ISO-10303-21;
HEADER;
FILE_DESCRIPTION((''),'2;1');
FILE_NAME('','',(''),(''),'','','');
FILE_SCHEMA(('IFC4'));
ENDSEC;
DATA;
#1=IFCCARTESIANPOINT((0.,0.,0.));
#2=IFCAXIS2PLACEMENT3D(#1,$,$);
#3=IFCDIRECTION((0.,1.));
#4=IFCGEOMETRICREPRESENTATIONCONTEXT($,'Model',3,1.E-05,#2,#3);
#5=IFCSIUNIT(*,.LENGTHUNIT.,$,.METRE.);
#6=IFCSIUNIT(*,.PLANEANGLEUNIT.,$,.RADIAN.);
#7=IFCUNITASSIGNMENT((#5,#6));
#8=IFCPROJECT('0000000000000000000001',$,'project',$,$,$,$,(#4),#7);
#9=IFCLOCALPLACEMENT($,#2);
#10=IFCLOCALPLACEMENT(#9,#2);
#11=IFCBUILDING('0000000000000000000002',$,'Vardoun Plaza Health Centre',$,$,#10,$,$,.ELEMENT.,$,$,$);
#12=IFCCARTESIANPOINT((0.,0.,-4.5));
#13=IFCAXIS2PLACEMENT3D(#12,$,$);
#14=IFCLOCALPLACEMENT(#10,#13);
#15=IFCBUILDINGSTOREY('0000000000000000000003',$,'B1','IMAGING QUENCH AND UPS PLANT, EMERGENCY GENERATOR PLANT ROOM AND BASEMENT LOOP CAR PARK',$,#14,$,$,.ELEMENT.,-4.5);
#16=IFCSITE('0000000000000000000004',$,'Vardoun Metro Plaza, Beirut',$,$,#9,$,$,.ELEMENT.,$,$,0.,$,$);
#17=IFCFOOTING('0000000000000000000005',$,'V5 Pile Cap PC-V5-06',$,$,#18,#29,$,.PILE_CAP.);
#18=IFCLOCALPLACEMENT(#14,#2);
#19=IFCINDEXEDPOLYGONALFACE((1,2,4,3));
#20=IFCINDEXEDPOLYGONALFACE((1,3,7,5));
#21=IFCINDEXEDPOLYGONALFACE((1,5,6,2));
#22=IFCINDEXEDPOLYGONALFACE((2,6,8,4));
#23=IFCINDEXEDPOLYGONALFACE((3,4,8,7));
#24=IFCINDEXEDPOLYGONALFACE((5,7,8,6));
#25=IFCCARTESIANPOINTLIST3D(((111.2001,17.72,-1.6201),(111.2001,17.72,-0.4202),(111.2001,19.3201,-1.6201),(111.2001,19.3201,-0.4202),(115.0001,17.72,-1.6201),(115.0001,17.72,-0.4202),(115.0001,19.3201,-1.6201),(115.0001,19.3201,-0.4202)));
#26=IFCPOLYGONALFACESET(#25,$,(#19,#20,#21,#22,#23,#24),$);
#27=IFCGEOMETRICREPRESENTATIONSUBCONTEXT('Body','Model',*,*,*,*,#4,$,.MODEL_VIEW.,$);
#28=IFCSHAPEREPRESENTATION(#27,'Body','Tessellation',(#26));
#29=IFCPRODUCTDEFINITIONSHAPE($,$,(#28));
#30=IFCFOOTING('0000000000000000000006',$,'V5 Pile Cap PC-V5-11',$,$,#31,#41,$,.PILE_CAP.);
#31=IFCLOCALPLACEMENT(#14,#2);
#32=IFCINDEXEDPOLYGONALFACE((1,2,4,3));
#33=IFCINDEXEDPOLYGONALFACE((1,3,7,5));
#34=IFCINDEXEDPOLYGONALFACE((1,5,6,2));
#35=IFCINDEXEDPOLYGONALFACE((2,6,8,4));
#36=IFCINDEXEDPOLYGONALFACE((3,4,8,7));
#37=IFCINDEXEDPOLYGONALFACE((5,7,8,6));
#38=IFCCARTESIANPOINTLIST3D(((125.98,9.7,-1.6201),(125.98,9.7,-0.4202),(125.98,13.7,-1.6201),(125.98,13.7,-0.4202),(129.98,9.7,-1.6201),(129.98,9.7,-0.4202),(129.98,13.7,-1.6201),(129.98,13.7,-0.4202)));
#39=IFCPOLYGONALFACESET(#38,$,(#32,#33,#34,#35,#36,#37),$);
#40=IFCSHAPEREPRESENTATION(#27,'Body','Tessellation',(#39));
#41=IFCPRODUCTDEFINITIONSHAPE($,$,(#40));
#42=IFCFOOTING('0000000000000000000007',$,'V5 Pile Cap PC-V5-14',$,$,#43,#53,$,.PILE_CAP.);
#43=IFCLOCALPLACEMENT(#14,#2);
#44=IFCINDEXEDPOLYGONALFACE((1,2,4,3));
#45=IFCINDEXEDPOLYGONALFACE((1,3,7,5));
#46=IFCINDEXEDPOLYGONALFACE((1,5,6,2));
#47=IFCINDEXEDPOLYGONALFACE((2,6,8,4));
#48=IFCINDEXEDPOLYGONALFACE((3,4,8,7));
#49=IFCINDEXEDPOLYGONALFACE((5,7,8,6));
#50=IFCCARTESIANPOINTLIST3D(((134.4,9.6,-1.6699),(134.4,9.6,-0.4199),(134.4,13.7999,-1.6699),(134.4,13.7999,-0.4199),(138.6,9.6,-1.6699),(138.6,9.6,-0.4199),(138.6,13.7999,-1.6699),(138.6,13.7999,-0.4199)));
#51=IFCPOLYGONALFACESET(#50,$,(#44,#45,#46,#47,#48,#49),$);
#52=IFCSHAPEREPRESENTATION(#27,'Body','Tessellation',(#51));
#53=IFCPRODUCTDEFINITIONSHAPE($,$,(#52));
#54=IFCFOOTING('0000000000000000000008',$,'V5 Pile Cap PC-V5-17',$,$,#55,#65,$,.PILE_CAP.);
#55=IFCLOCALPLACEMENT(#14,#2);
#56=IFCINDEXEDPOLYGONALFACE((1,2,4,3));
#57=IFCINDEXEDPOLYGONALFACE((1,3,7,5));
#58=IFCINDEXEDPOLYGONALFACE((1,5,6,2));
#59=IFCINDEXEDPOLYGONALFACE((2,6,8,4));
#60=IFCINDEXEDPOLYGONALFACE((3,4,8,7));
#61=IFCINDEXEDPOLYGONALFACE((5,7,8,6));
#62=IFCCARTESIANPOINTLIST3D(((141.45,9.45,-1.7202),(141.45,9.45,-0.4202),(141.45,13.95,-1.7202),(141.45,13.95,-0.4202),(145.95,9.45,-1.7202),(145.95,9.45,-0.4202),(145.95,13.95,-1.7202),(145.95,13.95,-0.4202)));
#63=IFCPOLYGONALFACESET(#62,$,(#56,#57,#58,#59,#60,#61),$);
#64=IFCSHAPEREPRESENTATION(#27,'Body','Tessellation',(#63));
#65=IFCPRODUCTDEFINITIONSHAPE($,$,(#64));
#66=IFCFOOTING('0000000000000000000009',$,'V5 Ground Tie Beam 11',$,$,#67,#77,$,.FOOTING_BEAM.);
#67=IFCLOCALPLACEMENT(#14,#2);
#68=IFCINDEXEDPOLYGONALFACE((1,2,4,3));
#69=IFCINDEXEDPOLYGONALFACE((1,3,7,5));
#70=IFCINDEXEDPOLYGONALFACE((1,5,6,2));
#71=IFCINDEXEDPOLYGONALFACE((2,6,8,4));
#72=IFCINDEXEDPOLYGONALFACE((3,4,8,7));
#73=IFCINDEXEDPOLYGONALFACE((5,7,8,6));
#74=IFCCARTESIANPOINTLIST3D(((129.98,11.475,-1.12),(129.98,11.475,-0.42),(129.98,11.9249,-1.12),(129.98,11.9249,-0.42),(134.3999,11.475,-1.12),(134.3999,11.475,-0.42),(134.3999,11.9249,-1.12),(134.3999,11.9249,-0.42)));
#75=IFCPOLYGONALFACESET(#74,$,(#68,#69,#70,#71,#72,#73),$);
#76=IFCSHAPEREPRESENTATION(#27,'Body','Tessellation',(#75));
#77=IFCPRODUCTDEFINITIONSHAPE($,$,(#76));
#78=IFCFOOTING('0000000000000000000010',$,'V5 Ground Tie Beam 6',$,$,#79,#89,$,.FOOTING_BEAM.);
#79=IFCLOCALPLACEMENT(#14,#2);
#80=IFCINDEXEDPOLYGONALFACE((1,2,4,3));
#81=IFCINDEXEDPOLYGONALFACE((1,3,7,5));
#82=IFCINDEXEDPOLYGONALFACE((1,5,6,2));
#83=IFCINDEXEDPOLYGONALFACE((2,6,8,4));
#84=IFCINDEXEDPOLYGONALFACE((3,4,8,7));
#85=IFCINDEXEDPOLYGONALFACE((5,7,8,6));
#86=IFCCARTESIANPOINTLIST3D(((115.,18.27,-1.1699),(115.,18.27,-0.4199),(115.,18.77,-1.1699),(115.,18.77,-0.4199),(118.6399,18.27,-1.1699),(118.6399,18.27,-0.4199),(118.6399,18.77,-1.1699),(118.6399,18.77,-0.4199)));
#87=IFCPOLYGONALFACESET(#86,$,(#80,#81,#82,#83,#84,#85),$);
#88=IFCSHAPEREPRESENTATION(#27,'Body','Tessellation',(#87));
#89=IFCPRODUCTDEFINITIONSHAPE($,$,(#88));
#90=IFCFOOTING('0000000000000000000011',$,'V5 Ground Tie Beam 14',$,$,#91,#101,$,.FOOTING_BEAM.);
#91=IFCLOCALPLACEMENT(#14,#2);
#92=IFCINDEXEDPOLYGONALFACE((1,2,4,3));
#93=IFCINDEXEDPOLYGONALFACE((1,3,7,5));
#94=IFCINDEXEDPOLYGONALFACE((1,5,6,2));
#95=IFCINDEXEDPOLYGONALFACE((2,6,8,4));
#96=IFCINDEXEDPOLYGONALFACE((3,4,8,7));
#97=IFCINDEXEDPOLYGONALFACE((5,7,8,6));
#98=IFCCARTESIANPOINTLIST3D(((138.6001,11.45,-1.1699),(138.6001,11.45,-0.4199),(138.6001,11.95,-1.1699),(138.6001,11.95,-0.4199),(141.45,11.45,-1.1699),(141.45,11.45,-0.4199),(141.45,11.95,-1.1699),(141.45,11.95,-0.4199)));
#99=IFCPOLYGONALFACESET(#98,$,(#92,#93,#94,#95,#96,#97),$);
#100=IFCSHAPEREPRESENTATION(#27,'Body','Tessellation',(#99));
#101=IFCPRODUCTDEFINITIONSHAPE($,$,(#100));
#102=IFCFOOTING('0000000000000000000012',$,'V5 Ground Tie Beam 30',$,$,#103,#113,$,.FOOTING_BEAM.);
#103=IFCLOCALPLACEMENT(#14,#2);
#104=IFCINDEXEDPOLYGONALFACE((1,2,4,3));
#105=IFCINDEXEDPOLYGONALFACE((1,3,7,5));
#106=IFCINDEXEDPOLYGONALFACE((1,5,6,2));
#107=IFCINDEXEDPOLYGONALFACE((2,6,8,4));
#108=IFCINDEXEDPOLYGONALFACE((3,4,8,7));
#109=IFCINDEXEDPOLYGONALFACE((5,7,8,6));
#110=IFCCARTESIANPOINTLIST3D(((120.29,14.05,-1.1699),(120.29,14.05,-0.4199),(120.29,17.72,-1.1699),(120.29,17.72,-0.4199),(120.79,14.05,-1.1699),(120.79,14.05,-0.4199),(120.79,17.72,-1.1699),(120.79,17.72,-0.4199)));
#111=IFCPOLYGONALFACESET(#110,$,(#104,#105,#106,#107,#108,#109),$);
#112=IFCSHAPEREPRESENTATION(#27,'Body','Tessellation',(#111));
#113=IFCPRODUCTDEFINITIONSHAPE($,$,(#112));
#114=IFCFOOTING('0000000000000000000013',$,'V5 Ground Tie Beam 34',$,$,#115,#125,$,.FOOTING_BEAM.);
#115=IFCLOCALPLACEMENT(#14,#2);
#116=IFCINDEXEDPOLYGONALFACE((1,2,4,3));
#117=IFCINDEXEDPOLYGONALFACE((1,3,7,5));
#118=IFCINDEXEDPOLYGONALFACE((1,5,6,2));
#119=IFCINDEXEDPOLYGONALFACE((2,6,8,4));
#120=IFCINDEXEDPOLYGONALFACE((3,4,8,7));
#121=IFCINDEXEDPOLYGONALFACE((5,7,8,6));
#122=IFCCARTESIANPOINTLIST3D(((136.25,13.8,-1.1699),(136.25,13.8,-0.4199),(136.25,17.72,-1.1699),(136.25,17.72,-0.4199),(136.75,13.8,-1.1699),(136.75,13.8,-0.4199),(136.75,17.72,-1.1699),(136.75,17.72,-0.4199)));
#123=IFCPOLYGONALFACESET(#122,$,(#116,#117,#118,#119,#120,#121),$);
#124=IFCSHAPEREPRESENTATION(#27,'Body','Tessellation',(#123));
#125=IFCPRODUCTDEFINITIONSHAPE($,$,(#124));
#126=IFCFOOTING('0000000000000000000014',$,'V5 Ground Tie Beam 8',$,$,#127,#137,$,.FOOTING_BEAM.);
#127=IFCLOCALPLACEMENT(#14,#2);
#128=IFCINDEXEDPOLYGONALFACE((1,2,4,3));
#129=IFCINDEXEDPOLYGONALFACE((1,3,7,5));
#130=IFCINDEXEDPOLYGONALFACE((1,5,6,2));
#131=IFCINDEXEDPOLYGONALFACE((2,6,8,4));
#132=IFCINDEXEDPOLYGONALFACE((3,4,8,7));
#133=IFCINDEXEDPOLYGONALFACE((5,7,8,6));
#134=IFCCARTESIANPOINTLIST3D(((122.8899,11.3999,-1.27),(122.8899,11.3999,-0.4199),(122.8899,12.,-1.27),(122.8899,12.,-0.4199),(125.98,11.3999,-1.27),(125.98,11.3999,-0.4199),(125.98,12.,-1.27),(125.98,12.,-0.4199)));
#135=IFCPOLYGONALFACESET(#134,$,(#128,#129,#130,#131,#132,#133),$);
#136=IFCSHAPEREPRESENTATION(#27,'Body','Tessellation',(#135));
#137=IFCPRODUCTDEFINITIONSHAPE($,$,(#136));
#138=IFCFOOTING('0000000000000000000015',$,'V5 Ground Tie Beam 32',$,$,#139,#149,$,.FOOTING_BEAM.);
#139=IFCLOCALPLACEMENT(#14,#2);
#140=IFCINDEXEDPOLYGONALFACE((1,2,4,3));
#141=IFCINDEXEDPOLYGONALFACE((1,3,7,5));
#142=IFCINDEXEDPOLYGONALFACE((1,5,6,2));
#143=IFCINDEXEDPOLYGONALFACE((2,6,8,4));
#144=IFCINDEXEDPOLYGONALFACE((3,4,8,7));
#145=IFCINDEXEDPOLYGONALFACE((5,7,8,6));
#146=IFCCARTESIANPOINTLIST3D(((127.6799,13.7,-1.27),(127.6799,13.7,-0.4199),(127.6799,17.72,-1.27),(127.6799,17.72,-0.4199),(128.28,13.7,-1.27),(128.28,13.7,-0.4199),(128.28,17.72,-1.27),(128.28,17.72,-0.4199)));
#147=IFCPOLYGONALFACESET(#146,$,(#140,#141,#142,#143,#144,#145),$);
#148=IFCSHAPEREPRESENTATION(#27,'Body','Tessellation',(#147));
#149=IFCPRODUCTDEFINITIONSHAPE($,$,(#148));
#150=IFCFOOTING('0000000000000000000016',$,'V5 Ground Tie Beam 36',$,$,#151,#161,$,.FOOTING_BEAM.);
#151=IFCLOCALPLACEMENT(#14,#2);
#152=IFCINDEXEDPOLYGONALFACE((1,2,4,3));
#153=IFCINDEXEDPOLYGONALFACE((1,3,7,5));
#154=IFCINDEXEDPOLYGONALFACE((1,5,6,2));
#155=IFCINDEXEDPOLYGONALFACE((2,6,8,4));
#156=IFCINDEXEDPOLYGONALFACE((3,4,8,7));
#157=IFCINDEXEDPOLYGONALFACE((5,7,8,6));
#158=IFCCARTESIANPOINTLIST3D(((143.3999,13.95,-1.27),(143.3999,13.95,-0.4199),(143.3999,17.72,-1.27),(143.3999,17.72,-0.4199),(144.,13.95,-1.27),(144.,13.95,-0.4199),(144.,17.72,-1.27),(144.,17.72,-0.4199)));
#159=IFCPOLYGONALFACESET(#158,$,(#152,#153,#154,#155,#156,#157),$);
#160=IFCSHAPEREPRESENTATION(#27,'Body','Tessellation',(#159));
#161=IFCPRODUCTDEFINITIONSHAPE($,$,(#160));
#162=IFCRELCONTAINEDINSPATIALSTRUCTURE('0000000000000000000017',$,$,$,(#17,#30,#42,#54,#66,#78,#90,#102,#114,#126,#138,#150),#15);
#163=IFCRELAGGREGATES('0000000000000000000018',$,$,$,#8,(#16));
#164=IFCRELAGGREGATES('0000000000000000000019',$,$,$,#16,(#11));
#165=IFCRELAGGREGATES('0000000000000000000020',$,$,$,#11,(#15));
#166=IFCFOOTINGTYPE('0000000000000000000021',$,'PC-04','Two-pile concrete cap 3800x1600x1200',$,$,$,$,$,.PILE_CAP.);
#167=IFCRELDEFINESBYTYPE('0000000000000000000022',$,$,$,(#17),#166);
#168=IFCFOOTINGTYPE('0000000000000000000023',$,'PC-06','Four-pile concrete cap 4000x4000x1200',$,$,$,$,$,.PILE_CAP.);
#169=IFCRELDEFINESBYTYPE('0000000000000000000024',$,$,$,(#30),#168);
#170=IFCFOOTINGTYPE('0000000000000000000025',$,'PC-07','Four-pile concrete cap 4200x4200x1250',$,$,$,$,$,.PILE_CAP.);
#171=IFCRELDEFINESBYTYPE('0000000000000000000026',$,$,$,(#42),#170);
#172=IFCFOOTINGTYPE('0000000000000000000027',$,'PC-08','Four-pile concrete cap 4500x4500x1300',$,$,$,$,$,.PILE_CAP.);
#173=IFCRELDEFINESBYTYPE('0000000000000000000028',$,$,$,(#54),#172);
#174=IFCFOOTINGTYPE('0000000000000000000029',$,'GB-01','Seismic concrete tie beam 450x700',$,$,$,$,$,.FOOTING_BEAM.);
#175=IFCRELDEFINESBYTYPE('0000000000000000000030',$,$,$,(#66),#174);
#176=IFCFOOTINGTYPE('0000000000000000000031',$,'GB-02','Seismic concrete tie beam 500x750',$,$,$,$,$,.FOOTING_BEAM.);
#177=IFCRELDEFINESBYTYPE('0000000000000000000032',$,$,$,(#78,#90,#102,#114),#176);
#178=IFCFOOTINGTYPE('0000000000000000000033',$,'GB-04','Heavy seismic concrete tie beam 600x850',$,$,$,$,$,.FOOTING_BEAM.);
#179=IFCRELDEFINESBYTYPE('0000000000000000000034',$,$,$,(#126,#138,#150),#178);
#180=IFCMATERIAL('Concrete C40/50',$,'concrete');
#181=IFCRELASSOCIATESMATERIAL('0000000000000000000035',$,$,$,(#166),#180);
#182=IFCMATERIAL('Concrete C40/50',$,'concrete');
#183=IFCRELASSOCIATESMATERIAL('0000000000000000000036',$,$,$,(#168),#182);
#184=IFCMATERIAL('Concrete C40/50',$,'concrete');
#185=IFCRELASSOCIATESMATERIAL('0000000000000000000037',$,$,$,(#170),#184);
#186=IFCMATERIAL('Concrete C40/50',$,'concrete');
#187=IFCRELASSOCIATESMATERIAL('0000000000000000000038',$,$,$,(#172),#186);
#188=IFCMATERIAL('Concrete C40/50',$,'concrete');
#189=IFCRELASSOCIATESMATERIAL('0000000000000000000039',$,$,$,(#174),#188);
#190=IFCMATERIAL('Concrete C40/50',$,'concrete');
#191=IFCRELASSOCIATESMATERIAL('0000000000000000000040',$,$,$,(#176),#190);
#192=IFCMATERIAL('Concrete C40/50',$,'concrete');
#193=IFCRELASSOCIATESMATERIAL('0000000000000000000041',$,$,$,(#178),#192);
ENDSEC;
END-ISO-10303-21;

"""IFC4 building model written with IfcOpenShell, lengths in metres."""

from ifc_helpers import new_model, si_unit, direction, frame, origin, origin_2d, place, context, subcontext, project, spatial, rectangle, extrude, material, material_profile, profile_set, type_object, element, save


model = new_model("IFC4")

# Units and contexts
model_context = context("Model", 3, precision=1e-05, world=origin(), true_north=direction((0.0, 1.0)))
body_context = subcontext(model_context, "Body", "Model", "MODEL_VIEW")
ifc_project = project(units=[si_unit("LENGTHUNIT", "METRE"), si_unit("PLANEANGLEUNIT", "RADIAN")], contexts=[model_context])

# Site, building, storey
site_placement = place(None, origin())
site = spatial("IfcSite", under=ifc_project, at=site_placement, Name="Vardoun Metro Plaza, Beirut", CompositionType="ELEMENT", RefElevation=0.0)
building_placement = place(site_placement, origin())
building = spatial("IfcBuilding", under=site, at=building_placement, Name="Vardoun Plaza Health Centre", CompositionType="ELEMENT")
storey_placement = place(building_placement, frame((0.0, 0.0, -4.5)))
storey = spatial("IfcBuildingStorey", under=building, at=storey_placement, Name="B1", Description="IMAGING QUENCH AND UPS PLANT, EMERGENCY GENERATOR PLANT ROOM AND BASEMENT LOOP CAR PARK", CompositionType="ELEMENT", Elevation=-4.5)

# Footings
ifc_material_1 = material(Name="Concrete C40/50", Category="concrete")
footing_type_1 = type_object("IfcFootingType", Name="PC-04", Description="Two-pile concrete cap 3800x1600x1200", PredefinedType="PILE_CAP", material=ifc_material_1)
footing_1_placement = place(storey_placement, frame((113.1001, 18.52, -1.6201), z_axis=(0.0, 0.0, 1.0), x_axis=(1.0, 0.0, 0.0)))
element("IfcFooting", 1, at=footing_1_placement, inside=storey, type_object=footing_type_1, Name="V5 Pile Cap PC-V5-06", PredefinedType="PILE_CAP", context=body_context, shape_type="SweptSolid", body=[
    extrude(rectangle(XDim=3.8, YDim=1.6001, at=origin_2d()), origin(), (0.0, 0.0, 1.0), 1.2),
])
ifc_material_2 = material(Name="Concrete C40/50", Category="concrete")
footing_type_2 = type_object("IfcFootingType", Name="PC-06", Description="Four-pile concrete cap 4000x4000x1200", PredefinedType="PILE_CAP", material=ifc_material_2)
footing_2_placement = place(storey_placement, frame((127.98, 11.7, -1.6201), z_axis=(0.0, 0.0, 1.0), x_axis=(1.0, 0.0, 0.0)))
element("IfcFooting", 2, at=footing_2_placement, inside=storey, type_object=footing_type_2, Name="V5 Pile Cap PC-V5-11", PredefinedType="PILE_CAP", context=body_context, shape_type="SweptSolid", body=[
    extrude(rectangle(XDim=4.0, YDim=4.0, at=origin_2d()), origin(), (0.0, 0.0, 1.0), 1.2),
])
ifc_material_3 = material(Name="Concrete C40/50", Category="concrete")
footing_type_3 = type_object("IfcFootingType", Name="PC-07", Description="Four-pile concrete cap 4200x4200x1250", PredefinedType="PILE_CAP", material=ifc_material_3)
footing_3_placement = place(storey_placement, frame((136.5, 11.7, -1.6699), z_axis=(0.0, 0.0, 1.0), x_axis=(1.0, 0.0, 0.0)))
element("IfcFooting", 3, at=footing_3_placement, inside=storey, type_object=footing_type_3, Name="V5 Pile Cap PC-V5-14", PredefinedType="PILE_CAP", context=body_context, shape_type="SweptSolid", body=[
    extrude(rectangle(XDim=4.2, YDim=4.2, at=origin_2d()), origin(), (0.0, 0.0, 1.0), 1.25),
])
ifc_material_4 = material(Name="Concrete C40/50", Category="concrete")
footing_type_4 = type_object("IfcFootingType", Name="PC-08", Description="Four-pile concrete cap 4500x4500x1300", PredefinedType="PILE_CAP", material=ifc_material_4)
footing_4_placement = place(storey_placement, frame((143.7, 11.7, -1.7202), z_axis=(0.0, 0.0, 1.0), x_axis=(1.0, 0.0, 0.0)))
element("IfcFooting", 4, at=footing_4_placement, inside=storey, type_object=footing_type_4, Name="V5 Pile Cap PC-V5-17", PredefinedType="PILE_CAP", context=body_context, shape_type="SweptSolid", body=[
    extrude(rectangle(XDim=4.5, YDim=4.5, at=origin_2d()), origin(), (0.0, 0.0, 1.0), 1.3),
])
ifc_material_5 = material(Name="Concrete C40/50", Category="concrete")
ifc_material_profile_1 = material_profile(ifc_material_5, rectangle(XDim=0.45, YDim=0.7, at=origin_2d()), Name="GB 450x700")
ifc_profile_set_1 = profile_set([ifc_material_profile_1], Name="Concrete C40/50")
footing_type_5 = type_object("IfcFootingType", Name="GB-01", Description="Seismic concrete tie beam 450x700", PredefinedType="FOOTING_BEAM", material=ifc_profile_set_1)
footing_5_placement = place(storey_placement, frame((129.98, 11.7, -0.77), z_axis=(1.0, 0.0, 0.0), x_axis=(0.0, 1.0, 0.0)))
element("IfcFooting", 5, at=footing_5_placement, inside=storey, type_object=footing_type_5, Name="V5 Ground Tie Beam 11", PredefinedType="FOOTING_BEAM", context=body_context, shape_type="SweptSolid", body=[
    extrude(rectangle(XDim=0.45, YDim=0.7, at=origin_2d()), origin(), (0.0, 0.0, 1.0), 4.4199),
])
ifc_material_6 = material(Name="Concrete C40/50", Category="concrete")
ifc_material_profile_2 = material_profile(ifc_material_6, rectangle(XDim=0.5, YDim=0.75, at=origin_2d()), Name="GB 500x750")
ifc_profile_set_2 = profile_set([ifc_material_profile_2], Name="Concrete C40/50")
footing_type_6 = type_object("IfcFootingType", Name="GB-02", Description="Seismic concrete tie beam 500x750", PredefinedType="FOOTING_BEAM", material=ifc_profile_set_2)
footing_6_placement = place(storey_placement, frame((115.0, 18.52, -0.7949), z_axis=(1.0, 0.0, 0.0), x_axis=(0.0, 1.0, 0.0)))
element("IfcFooting", 6, at=footing_6_placement, inside=storey, type_object=footing_type_6, Name="V5 Ground Tie Beam 6", PredefinedType="FOOTING_BEAM", context=body_context, shape_type="SweptSolid", body=[
    extrude(rectangle(XDim=0.5, YDim=0.75, at=origin_2d()), origin(), (0.0, 0.0, 1.0), 3.6399),
])
footing_7_placement = place(storey_placement, frame((138.6001, 11.7, -0.7949), z_axis=(1.0, 0.0, 0.0), x_axis=(0.0, 1.0, 0.0)))
element("IfcFooting", 7, at=footing_7_placement, inside=storey, type_object=footing_type_6, Name="V5 Ground Tie Beam 14", PredefinedType="FOOTING_BEAM", context=body_context, shape_type="SweptSolid", body=[
    extrude(rectangle(XDim=0.5, YDim=0.75, at=origin_2d()), origin(), (0.0, 0.0, 1.0), 2.8499),
])
footing_8_placement = place(storey_placement, frame((120.54, 14.05, -0.7949), z_axis=(0.0, 1.0, 0.0), x_axis=(-1.0, 0.0, 0.0)))
element("IfcFooting", 8, at=footing_8_placement, inside=storey, type_object=footing_type_6, Name="V5 Ground Tie Beam 30", PredefinedType="FOOTING_BEAM", context=body_context, shape_type="SweptSolid", body=[
    extrude(rectangle(XDim=0.5, YDim=0.75, at=origin_2d()), origin(), (0.0, 0.0, 1.0), 3.6699),
])
footing_9_placement = place(storey_placement, frame((136.5, 13.8, -0.7949), z_axis=(0.0, 1.0, 0.0), x_axis=(-1.0, 0.0, 0.0)))
element("IfcFooting", 9, at=footing_9_placement, inside=storey, type_object=footing_type_6, Name="V5 Ground Tie Beam 34", PredefinedType="FOOTING_BEAM", context=body_context, shape_type="SweptSolid", body=[
    extrude(rectangle(XDim=0.5, YDim=0.75, at=origin_2d()), origin(), (0.0, 0.0, 1.0), 3.9199),
])
ifc_material_7 = material(Name="Concrete C40/50", Category="concrete")
ifc_material_profile_3 = material_profile(ifc_material_7, rectangle(XDim=0.6001, YDim=0.8501, at=origin_2d()), Name="GB 600x850")
ifc_profile_set_3 = profile_set([ifc_material_profile_3], Name="Concrete C40/50")
footing_type_7 = type_object("IfcFootingType", Name="GB-04", Description="Heavy seismic concrete tie beam 600x850", PredefinedType="FOOTING_BEAM", material=ifc_profile_set_3)
footing_10_placement = place(storey_placement, frame((122.8899, 11.7, -0.845), z_axis=(1.0, 0.0, 0.0), x_axis=(0.0, 1.0, 0.0)))
element("IfcFooting", 10, at=footing_10_placement, inside=storey, type_object=footing_type_7, Name="V5 Ground Tie Beam 8", PredefinedType="FOOTING_BEAM", context=body_context, shape_type="SweptSolid", body=[
    extrude(rectangle(XDim=0.6001, YDim=0.8501, at=origin_2d()), origin(), (0.0, 0.0, 1.0), 3.0901),
])
footing_11_placement = place(storey_placement, frame((127.98, 13.7, -0.845), z_axis=(0.0, 1.0, 0.0), x_axis=(-1.0, 0.0, 0.0)))
element("IfcFooting", 11, at=footing_11_placement, inside=storey, type_object=footing_type_7, Name="V5 Ground Tie Beam 32", PredefinedType="FOOTING_BEAM", context=body_context, shape_type="SweptSolid", body=[
    extrude(rectangle(XDim=0.6001, YDim=0.8501, at=origin_2d()), origin(), (0.0, 0.0, 1.0), 4.02),
])
footing_12_placement = place(storey_placement, frame((143.7, 13.95, -0.845), z_axis=(0.0, 1.0, 0.0), x_axis=(-1.0, 0.0, 0.0)))
element("IfcFooting", 12, at=footing_12_placement, inside=storey, type_object=footing_type_7, Name="V5 Ground Tie Beam 36", PredefinedType="FOOTING_BEAM", context=body_context, shape_type="SweptSolid", body=[
    extrude(rectangle(XDim=0.6001, YDim=0.8501, at=origin_2d()), origin(), (0.0, 0.0, 1.0), 3.77),
])

save(model, "model.ifc")
